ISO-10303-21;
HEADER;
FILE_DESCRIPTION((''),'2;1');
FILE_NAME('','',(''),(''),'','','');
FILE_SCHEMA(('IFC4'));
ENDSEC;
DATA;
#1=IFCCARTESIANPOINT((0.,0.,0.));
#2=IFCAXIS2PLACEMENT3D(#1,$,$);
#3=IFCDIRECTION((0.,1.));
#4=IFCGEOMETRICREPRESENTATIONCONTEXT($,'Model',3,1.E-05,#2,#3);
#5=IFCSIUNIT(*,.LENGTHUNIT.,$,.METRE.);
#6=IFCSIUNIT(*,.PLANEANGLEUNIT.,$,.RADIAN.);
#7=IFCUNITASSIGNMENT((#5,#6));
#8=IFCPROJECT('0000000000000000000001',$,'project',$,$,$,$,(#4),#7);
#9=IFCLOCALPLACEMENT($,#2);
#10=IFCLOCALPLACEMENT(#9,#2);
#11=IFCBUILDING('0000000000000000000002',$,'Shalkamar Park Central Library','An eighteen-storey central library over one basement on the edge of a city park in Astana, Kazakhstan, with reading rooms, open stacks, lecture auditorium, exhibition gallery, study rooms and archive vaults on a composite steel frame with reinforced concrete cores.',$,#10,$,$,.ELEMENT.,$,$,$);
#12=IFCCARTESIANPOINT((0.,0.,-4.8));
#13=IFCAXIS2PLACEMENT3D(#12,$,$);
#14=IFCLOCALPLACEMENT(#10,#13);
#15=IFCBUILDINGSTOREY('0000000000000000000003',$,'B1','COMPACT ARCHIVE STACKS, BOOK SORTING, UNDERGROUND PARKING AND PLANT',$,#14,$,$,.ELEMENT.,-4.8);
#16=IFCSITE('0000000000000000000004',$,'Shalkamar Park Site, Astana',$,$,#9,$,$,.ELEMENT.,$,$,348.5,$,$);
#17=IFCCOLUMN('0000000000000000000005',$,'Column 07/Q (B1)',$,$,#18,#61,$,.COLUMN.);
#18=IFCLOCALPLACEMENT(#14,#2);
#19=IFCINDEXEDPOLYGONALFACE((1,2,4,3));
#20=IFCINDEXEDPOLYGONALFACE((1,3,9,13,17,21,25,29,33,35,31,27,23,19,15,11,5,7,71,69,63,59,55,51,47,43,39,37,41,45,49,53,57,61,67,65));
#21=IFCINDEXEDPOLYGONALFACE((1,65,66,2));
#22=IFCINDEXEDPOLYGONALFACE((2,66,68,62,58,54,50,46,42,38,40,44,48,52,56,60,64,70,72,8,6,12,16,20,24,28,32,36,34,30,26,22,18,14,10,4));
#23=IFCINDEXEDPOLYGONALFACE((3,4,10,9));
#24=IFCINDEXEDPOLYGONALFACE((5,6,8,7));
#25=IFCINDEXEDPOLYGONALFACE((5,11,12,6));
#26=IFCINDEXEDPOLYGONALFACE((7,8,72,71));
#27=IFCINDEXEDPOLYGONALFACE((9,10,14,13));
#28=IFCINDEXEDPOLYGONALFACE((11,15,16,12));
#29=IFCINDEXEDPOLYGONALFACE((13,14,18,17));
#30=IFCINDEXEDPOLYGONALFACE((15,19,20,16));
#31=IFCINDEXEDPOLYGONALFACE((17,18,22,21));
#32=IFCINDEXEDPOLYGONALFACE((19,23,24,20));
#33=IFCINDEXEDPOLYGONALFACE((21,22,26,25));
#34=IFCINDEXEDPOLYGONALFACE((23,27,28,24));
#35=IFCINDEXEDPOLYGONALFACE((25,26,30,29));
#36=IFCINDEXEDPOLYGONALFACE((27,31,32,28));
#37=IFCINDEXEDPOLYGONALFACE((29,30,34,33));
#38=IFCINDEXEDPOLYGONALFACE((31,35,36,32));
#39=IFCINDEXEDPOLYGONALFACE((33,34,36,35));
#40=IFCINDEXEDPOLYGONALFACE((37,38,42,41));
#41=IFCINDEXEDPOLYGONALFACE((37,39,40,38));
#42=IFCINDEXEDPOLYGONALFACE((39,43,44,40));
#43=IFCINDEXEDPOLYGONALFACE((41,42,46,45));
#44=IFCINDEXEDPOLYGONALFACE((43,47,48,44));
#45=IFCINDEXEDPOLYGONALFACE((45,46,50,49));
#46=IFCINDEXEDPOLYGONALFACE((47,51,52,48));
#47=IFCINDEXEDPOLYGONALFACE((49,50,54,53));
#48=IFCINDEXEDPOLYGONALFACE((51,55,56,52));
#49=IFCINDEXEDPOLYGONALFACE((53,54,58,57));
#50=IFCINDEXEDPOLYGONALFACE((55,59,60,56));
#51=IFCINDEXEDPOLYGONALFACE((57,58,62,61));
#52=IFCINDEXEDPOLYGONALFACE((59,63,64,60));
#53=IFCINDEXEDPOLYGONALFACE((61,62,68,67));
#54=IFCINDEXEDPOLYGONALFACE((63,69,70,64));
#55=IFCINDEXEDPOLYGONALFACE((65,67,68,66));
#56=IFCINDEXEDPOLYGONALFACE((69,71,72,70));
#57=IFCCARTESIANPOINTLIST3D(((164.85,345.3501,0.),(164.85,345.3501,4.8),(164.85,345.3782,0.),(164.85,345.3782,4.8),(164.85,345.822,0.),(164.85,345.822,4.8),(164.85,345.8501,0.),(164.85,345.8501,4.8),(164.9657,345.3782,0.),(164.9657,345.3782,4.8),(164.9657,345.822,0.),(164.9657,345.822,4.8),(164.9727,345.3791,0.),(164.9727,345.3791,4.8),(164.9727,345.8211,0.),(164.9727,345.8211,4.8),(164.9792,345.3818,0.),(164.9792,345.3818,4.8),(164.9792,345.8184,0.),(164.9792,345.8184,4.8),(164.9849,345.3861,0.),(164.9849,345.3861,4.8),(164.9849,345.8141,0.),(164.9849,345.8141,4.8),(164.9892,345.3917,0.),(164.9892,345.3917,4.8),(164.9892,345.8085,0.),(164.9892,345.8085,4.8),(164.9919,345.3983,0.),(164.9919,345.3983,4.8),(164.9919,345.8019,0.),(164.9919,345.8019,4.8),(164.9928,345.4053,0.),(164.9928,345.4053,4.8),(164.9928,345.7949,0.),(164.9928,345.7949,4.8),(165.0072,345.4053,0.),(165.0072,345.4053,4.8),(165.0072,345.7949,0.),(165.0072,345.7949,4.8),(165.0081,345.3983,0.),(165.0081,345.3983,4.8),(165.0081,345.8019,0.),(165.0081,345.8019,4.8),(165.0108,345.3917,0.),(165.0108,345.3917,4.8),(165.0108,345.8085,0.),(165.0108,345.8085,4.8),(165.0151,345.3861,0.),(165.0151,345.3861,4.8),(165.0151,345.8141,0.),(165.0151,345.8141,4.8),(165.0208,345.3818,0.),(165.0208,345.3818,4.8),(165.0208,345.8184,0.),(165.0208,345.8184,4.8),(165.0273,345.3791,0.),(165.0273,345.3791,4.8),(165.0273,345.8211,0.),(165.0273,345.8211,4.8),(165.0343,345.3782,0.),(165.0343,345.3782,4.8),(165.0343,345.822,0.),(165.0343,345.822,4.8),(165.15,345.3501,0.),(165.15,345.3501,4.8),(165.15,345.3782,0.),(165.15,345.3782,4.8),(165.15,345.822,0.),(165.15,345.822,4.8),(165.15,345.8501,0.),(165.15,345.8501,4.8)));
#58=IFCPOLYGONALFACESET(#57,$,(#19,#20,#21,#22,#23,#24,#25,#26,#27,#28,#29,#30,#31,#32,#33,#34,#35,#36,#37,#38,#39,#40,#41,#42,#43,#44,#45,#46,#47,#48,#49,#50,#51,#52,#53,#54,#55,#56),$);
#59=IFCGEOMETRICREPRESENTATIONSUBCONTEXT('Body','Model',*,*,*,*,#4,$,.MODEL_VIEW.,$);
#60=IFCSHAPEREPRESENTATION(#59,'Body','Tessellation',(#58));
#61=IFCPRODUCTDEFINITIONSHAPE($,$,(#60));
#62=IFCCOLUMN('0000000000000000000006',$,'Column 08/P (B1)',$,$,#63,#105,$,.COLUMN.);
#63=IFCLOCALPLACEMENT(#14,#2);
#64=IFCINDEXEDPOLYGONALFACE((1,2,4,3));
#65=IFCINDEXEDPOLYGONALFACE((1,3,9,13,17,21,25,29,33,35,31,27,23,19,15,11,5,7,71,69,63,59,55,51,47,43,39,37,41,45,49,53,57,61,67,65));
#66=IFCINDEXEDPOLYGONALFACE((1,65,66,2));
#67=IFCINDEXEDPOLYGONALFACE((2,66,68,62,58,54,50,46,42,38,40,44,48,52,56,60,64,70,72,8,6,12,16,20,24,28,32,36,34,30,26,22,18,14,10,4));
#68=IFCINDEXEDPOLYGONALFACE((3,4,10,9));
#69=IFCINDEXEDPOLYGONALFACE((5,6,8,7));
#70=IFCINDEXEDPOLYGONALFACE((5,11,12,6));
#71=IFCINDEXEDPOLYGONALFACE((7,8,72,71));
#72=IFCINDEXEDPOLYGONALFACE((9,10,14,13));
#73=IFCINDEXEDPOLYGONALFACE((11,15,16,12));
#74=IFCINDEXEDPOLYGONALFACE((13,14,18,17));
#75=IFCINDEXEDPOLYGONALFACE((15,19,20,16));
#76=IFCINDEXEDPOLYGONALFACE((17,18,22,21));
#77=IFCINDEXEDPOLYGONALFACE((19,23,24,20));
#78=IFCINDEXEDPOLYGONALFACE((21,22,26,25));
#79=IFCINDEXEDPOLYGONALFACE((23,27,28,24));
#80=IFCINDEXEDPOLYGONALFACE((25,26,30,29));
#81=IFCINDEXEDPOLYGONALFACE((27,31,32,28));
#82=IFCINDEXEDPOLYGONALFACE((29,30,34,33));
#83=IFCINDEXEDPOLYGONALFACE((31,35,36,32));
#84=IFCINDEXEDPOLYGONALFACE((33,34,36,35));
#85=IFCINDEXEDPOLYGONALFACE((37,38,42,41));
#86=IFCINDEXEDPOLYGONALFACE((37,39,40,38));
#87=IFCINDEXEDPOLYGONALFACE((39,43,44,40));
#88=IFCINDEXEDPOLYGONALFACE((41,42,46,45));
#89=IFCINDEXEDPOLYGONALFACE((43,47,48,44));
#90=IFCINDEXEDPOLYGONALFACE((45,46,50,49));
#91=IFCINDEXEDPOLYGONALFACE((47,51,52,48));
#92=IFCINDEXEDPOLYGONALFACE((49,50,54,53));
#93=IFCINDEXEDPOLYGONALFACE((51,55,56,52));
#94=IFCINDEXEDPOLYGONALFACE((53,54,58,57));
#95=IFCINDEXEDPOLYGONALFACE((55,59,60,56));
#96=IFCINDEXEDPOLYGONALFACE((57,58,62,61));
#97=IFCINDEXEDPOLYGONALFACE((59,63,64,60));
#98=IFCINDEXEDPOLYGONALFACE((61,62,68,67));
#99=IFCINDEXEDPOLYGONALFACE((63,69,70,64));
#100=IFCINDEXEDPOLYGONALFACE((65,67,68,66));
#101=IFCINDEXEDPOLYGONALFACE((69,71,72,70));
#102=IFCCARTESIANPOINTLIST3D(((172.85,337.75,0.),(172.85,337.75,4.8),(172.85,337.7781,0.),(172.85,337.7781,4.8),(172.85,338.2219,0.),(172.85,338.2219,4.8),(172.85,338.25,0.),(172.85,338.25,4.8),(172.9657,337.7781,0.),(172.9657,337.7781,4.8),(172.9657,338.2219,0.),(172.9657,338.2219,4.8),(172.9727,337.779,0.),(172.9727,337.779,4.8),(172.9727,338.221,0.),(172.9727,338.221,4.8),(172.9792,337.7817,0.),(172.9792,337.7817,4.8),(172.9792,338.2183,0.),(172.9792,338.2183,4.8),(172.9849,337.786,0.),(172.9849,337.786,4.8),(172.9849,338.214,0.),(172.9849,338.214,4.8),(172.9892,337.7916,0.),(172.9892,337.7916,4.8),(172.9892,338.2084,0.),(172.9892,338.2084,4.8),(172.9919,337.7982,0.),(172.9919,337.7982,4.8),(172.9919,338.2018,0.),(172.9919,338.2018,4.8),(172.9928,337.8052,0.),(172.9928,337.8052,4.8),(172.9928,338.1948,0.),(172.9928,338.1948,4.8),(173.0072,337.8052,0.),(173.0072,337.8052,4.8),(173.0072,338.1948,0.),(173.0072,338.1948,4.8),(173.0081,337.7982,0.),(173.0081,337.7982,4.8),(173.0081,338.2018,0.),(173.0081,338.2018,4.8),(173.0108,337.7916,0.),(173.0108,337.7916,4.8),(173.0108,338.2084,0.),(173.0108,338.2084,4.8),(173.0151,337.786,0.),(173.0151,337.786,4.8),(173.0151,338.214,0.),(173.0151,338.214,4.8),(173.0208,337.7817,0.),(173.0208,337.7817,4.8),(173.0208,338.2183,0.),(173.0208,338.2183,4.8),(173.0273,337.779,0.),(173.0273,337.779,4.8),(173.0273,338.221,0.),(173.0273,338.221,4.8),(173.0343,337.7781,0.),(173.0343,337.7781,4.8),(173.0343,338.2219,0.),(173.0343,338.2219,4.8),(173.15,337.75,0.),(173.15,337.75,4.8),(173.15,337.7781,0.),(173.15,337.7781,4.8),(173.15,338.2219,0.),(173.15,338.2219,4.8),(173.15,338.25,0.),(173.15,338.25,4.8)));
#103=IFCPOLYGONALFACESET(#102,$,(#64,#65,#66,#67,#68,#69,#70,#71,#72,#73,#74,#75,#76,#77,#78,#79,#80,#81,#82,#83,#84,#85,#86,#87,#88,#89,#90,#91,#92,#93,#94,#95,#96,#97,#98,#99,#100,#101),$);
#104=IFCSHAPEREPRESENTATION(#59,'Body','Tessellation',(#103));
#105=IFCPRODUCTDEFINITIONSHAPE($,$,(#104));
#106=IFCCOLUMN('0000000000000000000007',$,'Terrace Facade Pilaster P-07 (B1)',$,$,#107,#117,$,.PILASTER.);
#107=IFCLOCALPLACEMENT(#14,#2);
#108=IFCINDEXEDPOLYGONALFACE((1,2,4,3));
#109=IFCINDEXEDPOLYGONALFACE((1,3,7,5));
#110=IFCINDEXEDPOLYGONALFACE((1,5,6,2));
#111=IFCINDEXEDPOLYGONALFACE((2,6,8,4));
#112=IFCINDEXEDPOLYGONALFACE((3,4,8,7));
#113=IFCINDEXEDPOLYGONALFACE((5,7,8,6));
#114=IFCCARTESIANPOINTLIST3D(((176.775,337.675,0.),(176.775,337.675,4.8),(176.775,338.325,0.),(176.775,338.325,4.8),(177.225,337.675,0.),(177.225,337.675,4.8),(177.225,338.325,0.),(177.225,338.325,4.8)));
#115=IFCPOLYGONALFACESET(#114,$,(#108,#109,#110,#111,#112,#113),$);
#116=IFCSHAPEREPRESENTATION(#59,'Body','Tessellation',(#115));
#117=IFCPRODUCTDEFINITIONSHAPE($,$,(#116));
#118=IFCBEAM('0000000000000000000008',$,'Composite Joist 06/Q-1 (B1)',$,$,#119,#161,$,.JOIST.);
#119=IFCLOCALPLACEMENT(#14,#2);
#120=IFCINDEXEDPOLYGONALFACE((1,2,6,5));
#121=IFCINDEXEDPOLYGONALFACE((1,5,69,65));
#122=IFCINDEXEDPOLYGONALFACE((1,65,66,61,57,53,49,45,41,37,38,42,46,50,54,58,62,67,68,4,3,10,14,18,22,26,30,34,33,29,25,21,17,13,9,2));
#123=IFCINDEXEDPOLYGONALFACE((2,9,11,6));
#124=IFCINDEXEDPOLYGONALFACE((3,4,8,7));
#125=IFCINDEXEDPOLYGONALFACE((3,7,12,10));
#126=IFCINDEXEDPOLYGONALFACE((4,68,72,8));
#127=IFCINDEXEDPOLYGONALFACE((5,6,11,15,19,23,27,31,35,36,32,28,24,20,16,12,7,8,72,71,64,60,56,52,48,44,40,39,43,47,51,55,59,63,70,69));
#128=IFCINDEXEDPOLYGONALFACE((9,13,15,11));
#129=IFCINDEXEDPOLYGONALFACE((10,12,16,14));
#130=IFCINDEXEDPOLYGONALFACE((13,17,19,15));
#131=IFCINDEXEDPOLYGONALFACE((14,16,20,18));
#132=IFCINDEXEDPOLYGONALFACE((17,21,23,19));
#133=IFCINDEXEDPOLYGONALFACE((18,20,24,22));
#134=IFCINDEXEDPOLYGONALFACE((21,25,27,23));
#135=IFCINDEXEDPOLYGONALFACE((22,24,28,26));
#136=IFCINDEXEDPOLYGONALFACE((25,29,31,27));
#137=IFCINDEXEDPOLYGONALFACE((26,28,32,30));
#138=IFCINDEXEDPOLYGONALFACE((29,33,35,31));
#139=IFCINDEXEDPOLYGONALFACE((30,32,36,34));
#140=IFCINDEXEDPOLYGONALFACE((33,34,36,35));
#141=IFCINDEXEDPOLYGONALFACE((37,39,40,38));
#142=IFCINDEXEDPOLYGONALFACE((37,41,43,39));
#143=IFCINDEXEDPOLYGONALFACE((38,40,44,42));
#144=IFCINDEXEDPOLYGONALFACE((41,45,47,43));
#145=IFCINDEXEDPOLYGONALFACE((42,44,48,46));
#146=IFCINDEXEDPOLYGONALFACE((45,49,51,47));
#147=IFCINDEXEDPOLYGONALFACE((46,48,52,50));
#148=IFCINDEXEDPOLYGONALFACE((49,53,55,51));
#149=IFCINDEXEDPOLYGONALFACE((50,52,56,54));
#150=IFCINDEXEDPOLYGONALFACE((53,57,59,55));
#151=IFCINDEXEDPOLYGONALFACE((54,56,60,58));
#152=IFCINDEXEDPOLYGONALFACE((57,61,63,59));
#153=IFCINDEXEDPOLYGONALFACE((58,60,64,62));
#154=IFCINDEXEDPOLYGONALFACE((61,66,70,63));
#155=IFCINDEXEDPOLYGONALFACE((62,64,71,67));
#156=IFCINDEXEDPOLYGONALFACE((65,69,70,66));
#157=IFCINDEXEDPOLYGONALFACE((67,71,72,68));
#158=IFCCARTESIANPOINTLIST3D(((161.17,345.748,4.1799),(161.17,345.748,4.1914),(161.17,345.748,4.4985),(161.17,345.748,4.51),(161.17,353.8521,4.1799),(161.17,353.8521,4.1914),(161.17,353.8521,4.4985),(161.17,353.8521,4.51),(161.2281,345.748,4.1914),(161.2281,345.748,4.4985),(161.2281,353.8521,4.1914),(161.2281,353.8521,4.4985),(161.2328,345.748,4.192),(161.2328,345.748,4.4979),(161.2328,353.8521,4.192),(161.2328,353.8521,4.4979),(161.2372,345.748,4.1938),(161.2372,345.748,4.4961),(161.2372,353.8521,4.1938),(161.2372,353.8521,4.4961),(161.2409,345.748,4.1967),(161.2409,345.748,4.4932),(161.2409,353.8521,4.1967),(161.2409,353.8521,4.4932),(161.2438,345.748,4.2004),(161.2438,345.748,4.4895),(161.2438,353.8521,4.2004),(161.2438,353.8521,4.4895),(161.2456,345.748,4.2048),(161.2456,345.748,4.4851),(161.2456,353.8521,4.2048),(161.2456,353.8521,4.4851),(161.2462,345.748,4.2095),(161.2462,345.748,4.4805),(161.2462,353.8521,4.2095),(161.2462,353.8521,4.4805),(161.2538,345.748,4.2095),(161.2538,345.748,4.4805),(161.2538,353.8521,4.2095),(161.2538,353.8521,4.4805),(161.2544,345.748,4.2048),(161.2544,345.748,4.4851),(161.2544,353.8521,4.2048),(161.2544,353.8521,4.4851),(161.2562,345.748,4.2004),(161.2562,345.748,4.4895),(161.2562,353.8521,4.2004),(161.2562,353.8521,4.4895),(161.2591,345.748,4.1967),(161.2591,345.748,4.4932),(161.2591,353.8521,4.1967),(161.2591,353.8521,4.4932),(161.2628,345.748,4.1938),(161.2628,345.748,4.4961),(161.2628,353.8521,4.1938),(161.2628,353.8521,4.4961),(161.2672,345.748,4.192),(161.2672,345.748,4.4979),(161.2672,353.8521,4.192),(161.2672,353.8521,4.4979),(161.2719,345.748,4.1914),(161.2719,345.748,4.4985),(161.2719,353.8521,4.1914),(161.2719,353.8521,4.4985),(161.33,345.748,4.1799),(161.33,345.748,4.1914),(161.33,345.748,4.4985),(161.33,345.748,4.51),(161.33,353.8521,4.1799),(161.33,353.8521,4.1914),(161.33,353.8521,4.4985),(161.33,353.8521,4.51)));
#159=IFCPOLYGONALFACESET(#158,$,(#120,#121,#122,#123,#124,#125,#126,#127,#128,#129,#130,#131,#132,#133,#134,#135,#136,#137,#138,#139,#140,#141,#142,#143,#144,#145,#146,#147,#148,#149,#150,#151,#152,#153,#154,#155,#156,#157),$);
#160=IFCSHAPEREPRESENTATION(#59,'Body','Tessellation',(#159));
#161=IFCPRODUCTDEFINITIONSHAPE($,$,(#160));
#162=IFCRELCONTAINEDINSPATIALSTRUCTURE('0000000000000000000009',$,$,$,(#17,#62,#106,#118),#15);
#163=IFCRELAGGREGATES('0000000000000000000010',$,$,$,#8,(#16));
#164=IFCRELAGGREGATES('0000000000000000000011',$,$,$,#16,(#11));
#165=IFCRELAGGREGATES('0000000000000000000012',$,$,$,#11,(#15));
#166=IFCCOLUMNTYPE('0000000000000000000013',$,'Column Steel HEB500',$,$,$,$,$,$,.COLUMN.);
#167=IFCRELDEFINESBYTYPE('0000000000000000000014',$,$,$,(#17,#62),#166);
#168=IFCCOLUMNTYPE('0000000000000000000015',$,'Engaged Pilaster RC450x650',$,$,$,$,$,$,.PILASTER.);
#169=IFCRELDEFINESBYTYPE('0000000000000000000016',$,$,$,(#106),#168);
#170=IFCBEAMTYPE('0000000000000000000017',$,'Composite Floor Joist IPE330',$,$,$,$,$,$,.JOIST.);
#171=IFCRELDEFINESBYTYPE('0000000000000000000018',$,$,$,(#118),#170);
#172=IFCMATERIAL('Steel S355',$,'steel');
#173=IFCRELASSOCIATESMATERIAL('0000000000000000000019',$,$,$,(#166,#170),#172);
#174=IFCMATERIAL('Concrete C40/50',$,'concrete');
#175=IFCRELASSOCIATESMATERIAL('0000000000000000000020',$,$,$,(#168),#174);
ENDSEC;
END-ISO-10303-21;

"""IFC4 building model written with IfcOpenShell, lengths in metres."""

from ifc_helpers import new_model, si_unit, direction, frame, origin, origin_2d, place, context, subcontext, project, spatial, rectangle, i_section, extrude, material, material_profile, profile_set, type_object, element, save


model = new_model("IFC4")

# Units and contexts
model_context = context("Model", 3, precision=1e-05, world=origin(), true_north=direction((0.0, 1.0)))
body_context = subcontext(model_context, "Body", "Model", "MODEL_VIEW")
ifc_project = project(units=[si_unit("LENGTHUNIT", "METRE"), si_unit("PLANEANGLEUNIT", "RADIAN")], contexts=[model_context])

# Site, building, storey
site_placement = place(None, origin())
site = spatial("IfcSite", under=ifc_project, at=site_placement, Name="Shalkamar Park Site, Astana", CompositionType="ELEMENT", RefElevation=348.5)
building_placement = place(site_placement, origin())
building = spatial("IfcBuilding", under=site, at=building_placement, Name="Shalkamar Park Central Library", Description="An eighteen-storey central library over one basement on the edge of a city park in Astana, Kazakhstan, with reading rooms, open stacks, lecture auditorium, exhibition gallery, study rooms and archive vaults on a composite steel frame with reinforced concrete cores.", CompositionType="ELEMENT")
storey_placement = place(building_placement, frame((0.0, 0.0, -4.8)))
storey = spatial("IfcBuildingStorey", under=building, at=storey_placement, Name="B1", Description="COMPACT ARCHIVE STACKS, BOOK SORTING, UNDERGROUND PARKING AND PLANT", CompositionType="ELEMENT", Elevation=-4.8)

# Columns
ifc_material_1 = material(Name="Concrete C40/50", Category="concrete")
ifc_material_2 = material(Name="Steel S355", Category="steel")
ifc_material_profile_1 = material_profile(ifc_material_2, i_section(OverallWidth=0.3, OverallDepth=0.5, WebThickness=0.0144, FlangeThickness=0.0281, FilletRadius=0.0271, at=origin_2d()), Name="HEB 500")
ifc_profile_set_1 = profile_set([ifc_material_profile_1], Name="Steel S355")
column_type_1 = type_object("IfcColumnType", Name="Column Steel HEB500", PredefinedType="COLUMN", material=ifc_profile_set_1)
for number, where, z_axis, x_axis, name in (
    (1, (165.0, 345.6001, 0.0), (0.0, 0.0, 1.0), (1.0, 0.0, 0.0), "Column 07/Q (B1)"),
    (2, (173.0, 338.0, 0.0), (0.0, 0.0, 1.0), (1.0, 0.0, 0.0), "Column 08/P (B1)"),
):
    element("IfcColumn", number, at=place(storey_placement, frame(where, z_axis=z_axis, x_axis=x_axis)), inside=storey, type_object=column_type_1, Name=name, PredefinedType="COLUMN", context=body_context, shape_type="SweptSolid", body=[
        extrude(i_section(OverallWidth=0.3, OverallDepth=0.5, WebThickness=0.0144, FlangeThickness=0.0281, FilletRadius=0.0271, at=origin_2d()), origin(), (0.0, 0.0, 1.0), 4.8),
    ])
ifc_material_profile_2 = material_profile(ifc_material_1, rectangle(XDim=0.45, YDim=0.6499, at=origin_2d()), Name="RC 450x650")
ifc_profile_set_2 = profile_set([ifc_material_profile_2], Name="Concrete C40/50")
column_type_2 = type_object("IfcColumnType", Name="Engaged Pilaster RC450x650", PredefinedType="PILASTER", material=ifc_profile_set_2)
column_1_placement = place(storey_placement, frame((177.0, 338.0, 0.0), z_axis=(0.0, 0.0, 1.0), x_axis=(1.0, 0.0, 0.0)))
element("IfcColumn", 3, at=column_1_placement, inside=storey, type_object=column_type_2, Name="Terrace Facade Pilaster P-07 (B1)", PredefinedType="PILASTER", context=body_context, shape_type="SweptSolid", body=[
    extrude(rectangle(XDim=0.45, YDim=0.6499, at=origin_2d()), origin(), (0.0, 0.0, 1.0), 4.8),
])

# Beam
ifc_material_profile_3 = material_profile(ifc_material_2, i_section(OverallWidth=0.1599, OverallDepth=0.3301, WebThickness=0.0076, FlangeThickness=0.0115, FilletRadius=0.0181, at=origin_2d()), Name="IPE 330")
ifc_profile_set_3 = profile_set([ifc_material_profile_3], Name="Steel S355")
beam_type_1 = type_object("IfcBeamType", Name="Composite Floor Joist IPE330", PredefinedType="JOIST", material=ifc_profile_set_3)
beam_1_placement = place(storey_placement, frame((161.25, 345.748, 4.345), z_axis=(0.0, 1.0, 0.0), x_axis=(-1.0, 0.0, 0.0)))
element("IfcBeam", 4, at=beam_1_placement, inside=storey, type_object=beam_type_1, Name="Composite Joist 06/Q-1 (B1)", PredefinedType="JOIST", context=body_context, shape_type="SweptSolid", body=[
    extrude(i_section(OverallWidth=0.1599, OverallDepth=0.3301, WebThickness=0.0076, FlangeThickness=0.0115, FilletRadius=0.0181, at=origin_2d()), origin(), (0.0, 0.0, 1.0), 8.104),
])

save(model, "model.ifc")
